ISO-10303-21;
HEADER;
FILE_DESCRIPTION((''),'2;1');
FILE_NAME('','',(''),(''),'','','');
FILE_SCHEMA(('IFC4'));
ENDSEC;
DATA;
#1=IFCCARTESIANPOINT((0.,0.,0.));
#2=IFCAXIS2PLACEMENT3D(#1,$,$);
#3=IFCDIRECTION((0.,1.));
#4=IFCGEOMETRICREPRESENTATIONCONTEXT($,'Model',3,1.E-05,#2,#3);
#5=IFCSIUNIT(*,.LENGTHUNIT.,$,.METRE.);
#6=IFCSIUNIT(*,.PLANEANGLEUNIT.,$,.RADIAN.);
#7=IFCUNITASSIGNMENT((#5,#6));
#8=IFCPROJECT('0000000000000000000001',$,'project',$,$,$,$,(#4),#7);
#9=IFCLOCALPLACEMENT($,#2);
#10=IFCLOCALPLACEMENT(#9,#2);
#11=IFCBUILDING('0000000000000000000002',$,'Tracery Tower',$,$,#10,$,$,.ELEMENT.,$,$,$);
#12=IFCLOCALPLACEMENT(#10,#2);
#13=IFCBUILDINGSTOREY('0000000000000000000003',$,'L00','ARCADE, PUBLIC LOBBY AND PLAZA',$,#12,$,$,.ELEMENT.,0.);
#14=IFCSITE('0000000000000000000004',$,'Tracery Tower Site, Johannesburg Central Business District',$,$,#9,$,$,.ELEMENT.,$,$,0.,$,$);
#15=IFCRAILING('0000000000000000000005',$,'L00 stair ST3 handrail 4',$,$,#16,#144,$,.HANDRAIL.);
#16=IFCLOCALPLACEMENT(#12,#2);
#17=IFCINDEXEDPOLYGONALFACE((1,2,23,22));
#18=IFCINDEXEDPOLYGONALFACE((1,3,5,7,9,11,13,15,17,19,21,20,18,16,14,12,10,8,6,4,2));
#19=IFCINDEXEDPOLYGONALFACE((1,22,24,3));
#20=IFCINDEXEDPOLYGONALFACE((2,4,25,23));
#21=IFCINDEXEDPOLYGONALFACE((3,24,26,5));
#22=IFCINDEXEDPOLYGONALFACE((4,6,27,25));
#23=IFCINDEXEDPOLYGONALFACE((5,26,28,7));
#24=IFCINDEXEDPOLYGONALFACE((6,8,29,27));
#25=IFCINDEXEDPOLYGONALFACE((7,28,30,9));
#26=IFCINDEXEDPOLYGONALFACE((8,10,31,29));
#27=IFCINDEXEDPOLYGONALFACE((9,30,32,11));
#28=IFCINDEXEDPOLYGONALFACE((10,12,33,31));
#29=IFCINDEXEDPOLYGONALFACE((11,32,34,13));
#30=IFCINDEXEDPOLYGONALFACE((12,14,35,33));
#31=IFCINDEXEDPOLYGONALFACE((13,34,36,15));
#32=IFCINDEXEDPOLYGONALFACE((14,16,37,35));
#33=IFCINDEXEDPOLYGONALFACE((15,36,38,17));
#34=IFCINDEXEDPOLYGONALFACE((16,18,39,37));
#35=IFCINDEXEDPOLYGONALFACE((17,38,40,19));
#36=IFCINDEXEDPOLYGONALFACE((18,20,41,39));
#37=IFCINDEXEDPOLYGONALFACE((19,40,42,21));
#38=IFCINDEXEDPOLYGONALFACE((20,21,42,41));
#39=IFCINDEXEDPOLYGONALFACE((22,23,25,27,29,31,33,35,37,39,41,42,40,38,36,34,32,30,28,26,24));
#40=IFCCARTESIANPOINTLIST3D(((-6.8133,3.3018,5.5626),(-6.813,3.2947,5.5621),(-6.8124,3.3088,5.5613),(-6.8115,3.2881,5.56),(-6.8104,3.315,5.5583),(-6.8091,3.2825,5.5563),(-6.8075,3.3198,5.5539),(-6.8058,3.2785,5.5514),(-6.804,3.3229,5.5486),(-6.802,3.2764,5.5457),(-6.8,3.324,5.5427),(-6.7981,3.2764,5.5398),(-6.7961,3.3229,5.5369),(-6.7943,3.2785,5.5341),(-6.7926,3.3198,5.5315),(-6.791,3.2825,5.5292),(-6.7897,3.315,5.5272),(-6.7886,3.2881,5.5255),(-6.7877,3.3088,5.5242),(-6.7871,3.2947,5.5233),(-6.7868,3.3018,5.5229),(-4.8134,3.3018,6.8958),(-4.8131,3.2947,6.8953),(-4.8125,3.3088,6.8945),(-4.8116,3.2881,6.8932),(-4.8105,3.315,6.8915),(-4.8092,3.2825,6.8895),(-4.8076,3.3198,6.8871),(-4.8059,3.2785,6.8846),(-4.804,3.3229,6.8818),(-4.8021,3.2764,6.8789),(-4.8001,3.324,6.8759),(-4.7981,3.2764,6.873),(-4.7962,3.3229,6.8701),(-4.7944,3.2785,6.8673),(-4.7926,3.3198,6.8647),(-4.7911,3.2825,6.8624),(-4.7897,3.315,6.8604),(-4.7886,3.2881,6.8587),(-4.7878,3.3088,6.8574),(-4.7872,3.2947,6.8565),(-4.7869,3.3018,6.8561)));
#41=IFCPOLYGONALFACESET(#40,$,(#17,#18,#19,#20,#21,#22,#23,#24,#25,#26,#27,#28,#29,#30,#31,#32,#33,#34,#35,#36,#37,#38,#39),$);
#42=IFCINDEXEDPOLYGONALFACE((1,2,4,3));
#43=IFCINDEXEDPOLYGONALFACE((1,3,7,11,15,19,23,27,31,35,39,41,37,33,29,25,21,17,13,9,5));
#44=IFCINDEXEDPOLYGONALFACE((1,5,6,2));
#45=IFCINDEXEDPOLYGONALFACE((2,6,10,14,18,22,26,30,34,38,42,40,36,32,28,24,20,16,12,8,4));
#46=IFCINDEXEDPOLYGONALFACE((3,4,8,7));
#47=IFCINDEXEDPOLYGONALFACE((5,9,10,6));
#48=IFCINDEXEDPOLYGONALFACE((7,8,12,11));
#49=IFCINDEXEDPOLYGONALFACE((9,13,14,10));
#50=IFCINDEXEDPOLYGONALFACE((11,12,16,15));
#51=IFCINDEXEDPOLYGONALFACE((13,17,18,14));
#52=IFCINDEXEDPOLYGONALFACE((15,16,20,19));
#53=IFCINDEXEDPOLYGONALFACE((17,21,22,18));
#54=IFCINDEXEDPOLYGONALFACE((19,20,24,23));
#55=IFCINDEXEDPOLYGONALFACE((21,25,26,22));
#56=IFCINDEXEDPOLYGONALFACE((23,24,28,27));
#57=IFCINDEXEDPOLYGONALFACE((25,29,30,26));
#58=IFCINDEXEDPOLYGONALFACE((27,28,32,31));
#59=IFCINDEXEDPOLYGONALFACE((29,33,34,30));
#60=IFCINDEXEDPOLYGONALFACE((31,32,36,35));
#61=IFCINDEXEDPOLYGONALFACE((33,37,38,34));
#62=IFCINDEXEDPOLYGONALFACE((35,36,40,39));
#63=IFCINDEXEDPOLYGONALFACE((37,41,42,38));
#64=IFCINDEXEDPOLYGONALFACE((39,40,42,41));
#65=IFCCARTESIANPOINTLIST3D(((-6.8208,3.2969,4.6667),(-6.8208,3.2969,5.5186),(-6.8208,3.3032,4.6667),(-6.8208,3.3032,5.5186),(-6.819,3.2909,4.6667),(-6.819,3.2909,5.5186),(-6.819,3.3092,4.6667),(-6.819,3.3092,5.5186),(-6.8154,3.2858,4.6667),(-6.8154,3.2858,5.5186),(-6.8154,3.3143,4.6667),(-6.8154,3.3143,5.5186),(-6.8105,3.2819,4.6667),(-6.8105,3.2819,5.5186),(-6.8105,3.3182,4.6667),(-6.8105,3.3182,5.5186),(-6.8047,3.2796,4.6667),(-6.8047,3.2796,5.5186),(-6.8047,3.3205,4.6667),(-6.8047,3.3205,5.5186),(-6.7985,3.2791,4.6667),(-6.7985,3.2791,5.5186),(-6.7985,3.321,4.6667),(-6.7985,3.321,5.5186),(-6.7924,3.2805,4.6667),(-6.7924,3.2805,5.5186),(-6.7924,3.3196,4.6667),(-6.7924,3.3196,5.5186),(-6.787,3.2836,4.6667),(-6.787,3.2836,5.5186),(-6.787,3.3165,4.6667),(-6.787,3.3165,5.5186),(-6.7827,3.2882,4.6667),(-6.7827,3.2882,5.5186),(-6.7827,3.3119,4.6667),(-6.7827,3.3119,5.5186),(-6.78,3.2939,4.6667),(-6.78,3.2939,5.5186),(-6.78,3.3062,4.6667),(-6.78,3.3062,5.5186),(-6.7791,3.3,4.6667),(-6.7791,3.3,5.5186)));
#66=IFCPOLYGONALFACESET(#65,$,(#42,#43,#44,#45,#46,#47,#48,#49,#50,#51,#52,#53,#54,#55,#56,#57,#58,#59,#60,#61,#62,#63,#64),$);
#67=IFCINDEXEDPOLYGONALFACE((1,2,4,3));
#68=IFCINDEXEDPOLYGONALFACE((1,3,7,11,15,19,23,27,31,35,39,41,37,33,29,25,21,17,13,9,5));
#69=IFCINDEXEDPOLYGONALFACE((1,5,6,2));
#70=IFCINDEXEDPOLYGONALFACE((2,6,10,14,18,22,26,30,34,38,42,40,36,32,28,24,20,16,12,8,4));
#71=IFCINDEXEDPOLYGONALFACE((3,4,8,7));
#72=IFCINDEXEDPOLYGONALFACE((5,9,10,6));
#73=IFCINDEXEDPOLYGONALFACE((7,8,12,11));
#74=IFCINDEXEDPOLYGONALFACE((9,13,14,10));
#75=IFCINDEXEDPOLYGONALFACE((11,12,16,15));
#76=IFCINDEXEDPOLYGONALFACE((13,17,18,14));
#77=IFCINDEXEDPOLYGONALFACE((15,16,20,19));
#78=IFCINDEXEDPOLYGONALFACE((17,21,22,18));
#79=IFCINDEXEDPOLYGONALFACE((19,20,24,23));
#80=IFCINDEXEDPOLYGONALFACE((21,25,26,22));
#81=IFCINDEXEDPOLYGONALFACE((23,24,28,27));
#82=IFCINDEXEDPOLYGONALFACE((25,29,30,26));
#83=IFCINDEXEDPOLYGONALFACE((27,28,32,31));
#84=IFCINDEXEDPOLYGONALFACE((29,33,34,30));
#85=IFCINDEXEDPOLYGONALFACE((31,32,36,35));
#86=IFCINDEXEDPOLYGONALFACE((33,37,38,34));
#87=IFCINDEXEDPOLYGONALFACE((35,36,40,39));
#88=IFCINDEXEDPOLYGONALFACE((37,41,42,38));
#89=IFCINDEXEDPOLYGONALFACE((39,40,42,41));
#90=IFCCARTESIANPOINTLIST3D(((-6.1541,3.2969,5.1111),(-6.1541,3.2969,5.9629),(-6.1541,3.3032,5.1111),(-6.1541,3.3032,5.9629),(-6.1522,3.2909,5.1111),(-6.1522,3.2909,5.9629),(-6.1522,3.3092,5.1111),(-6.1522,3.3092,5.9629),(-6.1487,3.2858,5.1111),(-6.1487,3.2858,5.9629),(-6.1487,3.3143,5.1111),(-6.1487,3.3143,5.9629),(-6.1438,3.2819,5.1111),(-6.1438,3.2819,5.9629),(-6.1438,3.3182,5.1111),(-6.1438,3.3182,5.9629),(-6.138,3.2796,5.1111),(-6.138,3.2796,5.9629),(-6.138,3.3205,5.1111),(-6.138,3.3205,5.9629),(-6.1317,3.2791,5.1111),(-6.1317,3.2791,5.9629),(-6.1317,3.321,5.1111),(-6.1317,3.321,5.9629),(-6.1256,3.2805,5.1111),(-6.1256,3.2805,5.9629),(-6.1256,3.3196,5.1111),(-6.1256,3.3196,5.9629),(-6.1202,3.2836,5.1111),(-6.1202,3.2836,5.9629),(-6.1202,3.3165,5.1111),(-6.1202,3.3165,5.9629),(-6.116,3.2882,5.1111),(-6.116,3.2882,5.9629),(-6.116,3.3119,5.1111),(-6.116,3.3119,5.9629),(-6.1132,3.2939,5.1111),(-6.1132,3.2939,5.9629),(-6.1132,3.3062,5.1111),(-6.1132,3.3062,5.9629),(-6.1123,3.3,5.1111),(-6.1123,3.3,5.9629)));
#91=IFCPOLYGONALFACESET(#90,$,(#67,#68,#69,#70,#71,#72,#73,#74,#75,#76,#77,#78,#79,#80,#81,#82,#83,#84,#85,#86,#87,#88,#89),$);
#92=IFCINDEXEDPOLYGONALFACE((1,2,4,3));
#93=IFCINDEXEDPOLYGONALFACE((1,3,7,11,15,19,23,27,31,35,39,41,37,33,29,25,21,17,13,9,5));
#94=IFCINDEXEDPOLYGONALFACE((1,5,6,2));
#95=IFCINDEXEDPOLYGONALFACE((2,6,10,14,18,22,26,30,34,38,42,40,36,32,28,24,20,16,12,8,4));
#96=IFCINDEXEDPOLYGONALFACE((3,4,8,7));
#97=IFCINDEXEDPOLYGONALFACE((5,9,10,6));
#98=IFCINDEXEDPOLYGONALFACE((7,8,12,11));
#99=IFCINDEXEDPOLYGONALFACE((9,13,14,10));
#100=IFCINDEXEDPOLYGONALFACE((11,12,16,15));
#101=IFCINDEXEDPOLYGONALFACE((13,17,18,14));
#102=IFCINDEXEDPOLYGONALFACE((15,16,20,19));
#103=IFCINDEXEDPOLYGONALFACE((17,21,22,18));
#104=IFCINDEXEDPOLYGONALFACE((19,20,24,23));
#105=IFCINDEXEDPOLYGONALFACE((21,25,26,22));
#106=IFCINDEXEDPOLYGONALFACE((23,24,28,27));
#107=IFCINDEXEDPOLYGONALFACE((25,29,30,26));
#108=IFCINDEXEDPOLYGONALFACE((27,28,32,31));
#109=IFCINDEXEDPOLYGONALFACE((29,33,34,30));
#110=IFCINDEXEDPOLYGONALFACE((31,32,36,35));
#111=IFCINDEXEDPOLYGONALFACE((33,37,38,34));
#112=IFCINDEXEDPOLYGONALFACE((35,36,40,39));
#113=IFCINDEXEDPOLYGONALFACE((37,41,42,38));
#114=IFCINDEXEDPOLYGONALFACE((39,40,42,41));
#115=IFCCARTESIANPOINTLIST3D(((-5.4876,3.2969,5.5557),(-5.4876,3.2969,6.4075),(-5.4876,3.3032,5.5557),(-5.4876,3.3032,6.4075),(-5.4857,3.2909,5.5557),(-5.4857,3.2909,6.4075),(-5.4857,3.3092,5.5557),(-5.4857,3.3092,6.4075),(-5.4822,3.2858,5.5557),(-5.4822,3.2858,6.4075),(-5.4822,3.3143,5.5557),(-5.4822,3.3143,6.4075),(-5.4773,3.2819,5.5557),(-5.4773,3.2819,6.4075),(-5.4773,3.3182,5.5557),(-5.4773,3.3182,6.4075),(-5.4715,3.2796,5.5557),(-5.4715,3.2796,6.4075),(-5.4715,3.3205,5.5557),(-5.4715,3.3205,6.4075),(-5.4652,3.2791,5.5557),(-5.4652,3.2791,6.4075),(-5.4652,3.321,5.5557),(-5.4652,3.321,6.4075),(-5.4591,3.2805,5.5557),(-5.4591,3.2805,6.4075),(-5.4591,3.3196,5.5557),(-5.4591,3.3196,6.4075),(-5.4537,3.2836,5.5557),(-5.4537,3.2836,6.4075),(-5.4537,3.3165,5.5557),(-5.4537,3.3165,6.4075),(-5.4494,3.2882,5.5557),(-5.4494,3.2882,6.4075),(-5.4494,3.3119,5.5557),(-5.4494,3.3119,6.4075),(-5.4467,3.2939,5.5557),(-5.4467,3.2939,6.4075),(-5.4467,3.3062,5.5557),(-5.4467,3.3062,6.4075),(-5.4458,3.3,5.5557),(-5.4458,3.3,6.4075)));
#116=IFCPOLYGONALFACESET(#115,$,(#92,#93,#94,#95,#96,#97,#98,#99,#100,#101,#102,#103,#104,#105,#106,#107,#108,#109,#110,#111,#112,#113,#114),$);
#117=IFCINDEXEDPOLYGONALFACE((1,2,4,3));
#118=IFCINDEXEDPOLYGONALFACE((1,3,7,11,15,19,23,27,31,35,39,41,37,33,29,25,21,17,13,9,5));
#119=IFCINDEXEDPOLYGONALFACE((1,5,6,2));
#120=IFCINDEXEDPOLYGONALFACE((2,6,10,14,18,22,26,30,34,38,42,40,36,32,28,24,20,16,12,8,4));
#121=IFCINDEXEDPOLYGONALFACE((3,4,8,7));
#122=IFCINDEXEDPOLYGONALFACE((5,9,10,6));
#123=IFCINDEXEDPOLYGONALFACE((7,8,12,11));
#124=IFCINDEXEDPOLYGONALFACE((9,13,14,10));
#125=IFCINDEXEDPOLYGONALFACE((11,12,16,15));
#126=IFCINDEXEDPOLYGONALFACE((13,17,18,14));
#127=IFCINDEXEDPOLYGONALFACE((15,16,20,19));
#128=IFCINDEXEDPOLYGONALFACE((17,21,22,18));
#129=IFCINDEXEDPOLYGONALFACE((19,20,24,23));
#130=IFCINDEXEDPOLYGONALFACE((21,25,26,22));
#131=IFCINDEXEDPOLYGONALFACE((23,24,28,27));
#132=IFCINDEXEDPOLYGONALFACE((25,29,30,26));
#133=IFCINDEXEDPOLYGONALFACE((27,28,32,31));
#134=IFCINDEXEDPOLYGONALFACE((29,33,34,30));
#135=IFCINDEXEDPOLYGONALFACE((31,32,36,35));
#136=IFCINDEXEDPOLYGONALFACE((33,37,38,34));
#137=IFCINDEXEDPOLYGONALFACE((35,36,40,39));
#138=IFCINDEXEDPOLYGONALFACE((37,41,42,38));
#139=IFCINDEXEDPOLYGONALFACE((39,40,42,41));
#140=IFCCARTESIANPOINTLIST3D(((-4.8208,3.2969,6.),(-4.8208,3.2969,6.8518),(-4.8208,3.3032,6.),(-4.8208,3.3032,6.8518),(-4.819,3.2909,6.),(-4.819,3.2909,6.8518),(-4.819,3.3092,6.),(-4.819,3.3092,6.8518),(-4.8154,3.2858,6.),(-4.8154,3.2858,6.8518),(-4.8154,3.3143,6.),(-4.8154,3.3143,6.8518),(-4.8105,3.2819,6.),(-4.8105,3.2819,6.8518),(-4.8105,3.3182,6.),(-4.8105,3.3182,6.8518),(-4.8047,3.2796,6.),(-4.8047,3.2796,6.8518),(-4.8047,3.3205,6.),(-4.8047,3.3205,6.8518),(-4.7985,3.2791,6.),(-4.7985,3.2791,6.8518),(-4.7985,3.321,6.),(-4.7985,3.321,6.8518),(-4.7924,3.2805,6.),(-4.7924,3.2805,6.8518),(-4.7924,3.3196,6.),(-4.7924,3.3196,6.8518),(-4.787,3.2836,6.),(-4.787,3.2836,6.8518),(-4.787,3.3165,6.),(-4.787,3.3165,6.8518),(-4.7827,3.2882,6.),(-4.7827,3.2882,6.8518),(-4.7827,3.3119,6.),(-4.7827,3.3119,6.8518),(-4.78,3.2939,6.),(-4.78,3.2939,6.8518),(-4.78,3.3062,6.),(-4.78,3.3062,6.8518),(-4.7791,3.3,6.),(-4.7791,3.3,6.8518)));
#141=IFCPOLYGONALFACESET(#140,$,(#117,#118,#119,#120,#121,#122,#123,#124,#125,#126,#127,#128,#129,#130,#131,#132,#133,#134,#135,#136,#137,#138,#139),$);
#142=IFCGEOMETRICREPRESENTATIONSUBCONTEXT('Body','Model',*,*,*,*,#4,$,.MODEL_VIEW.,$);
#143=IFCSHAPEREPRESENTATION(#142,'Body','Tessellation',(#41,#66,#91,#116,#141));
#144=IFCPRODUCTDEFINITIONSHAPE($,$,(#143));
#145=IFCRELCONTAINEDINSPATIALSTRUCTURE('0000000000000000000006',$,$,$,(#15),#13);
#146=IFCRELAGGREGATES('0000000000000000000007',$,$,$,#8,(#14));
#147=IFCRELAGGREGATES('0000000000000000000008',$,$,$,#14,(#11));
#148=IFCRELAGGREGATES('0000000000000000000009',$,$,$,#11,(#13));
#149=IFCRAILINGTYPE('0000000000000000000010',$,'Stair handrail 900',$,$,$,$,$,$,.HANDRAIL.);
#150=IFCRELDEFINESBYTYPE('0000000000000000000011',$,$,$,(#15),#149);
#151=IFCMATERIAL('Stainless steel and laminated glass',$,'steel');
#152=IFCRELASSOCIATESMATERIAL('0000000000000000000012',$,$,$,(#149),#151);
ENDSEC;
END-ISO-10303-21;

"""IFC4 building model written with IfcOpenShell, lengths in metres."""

from ifc_helpers import new_model, si_unit, direction, frame, origin, origin_2d, place, context, subcontext, project, spatial, circle, extrude, material, type_object, element, save


model = new_model("IFC4")

# Units and contexts
model_context = context("Model", 3, precision=1e-05, world=origin(), true_north=direction((0.0, 1.0)))
body_context = subcontext(model_context, "Body", "Model", "MODEL_VIEW")
ifc_project = project(units=[si_unit("LENGTHUNIT", "METRE"), si_unit("PLANEANGLEUNIT", "RADIAN")], contexts=[model_context])

# Site, building, storey
site_placement = place(None, origin())
site = spatial("IfcSite", under=ifc_project, at=site_placement, Name="Tracery Tower Site, Johannesburg Central Business District", CompositionType="ELEMENT", RefElevation=0.0)
building_placement = place(site_placement, origin())
building = spatial("IfcBuilding", under=site, at=building_placement, Name="Tracery Tower", CompositionType="ELEMENT")
storey_placement = place(building_placement, origin())
storey = spatial("IfcBuildingStorey", under=building, at=storey_placement, Name="L00", Description="ARCADE, PUBLIC LOBBY AND PLAZA", CompositionType="ELEMENT", Elevation=0.0)

# Railing
ifc_material_1 = material(Name="Stainless steel and laminated glass", Category="steel")
railing_type_1 = type_object("IfcRailingType", Name="Stair handrail 900", PredefinedType="HANDRAIL", material=ifc_material_1)
railing_1_placement = place(storey_placement, frame((-6.8, 3.3, 4.6667)))
element("IfcRailing", 1, at=railing_1_placement, inside=storey, type_object=railing_type_1, Name="L00 stair ST3 handrail 4", PredefinedType="HANDRAIL", context=body_context, shape_type="SweptSolid", body=[
    extrude(circle(Radius=0.0239, at=origin_2d()), frame((0.0, 0.0, 0.876), z_axis=(0.832066, 0.0, 0.554677), x_axis=(0.0, 1.0, 0.0)), (0.0, 0.0, 1.0), 2.4036),
    extrude(circle(Radius=0.021, at=origin_2d()), origin(), (0.0, 0.0, 1.0), 0.8518),
    extrude(circle(Radius=0.021, at=origin_2d()), frame((0.6667, 0.0, 0.4443)), (0.0, 0.0, 1.0), 0.8518),
    extrude(circle(Radius=0.021, at=origin_2d()), frame((1.3333, 0.0, 0.8889)), (0.0, 0.0, 1.0), 0.8518),
    extrude(circle(Radius=0.021, at=origin_2d()), frame((2.0, 0.0, 1.3333)), (0.0, 0.0, 1.0), 0.8518),
])

save(model, "model.ifc")
